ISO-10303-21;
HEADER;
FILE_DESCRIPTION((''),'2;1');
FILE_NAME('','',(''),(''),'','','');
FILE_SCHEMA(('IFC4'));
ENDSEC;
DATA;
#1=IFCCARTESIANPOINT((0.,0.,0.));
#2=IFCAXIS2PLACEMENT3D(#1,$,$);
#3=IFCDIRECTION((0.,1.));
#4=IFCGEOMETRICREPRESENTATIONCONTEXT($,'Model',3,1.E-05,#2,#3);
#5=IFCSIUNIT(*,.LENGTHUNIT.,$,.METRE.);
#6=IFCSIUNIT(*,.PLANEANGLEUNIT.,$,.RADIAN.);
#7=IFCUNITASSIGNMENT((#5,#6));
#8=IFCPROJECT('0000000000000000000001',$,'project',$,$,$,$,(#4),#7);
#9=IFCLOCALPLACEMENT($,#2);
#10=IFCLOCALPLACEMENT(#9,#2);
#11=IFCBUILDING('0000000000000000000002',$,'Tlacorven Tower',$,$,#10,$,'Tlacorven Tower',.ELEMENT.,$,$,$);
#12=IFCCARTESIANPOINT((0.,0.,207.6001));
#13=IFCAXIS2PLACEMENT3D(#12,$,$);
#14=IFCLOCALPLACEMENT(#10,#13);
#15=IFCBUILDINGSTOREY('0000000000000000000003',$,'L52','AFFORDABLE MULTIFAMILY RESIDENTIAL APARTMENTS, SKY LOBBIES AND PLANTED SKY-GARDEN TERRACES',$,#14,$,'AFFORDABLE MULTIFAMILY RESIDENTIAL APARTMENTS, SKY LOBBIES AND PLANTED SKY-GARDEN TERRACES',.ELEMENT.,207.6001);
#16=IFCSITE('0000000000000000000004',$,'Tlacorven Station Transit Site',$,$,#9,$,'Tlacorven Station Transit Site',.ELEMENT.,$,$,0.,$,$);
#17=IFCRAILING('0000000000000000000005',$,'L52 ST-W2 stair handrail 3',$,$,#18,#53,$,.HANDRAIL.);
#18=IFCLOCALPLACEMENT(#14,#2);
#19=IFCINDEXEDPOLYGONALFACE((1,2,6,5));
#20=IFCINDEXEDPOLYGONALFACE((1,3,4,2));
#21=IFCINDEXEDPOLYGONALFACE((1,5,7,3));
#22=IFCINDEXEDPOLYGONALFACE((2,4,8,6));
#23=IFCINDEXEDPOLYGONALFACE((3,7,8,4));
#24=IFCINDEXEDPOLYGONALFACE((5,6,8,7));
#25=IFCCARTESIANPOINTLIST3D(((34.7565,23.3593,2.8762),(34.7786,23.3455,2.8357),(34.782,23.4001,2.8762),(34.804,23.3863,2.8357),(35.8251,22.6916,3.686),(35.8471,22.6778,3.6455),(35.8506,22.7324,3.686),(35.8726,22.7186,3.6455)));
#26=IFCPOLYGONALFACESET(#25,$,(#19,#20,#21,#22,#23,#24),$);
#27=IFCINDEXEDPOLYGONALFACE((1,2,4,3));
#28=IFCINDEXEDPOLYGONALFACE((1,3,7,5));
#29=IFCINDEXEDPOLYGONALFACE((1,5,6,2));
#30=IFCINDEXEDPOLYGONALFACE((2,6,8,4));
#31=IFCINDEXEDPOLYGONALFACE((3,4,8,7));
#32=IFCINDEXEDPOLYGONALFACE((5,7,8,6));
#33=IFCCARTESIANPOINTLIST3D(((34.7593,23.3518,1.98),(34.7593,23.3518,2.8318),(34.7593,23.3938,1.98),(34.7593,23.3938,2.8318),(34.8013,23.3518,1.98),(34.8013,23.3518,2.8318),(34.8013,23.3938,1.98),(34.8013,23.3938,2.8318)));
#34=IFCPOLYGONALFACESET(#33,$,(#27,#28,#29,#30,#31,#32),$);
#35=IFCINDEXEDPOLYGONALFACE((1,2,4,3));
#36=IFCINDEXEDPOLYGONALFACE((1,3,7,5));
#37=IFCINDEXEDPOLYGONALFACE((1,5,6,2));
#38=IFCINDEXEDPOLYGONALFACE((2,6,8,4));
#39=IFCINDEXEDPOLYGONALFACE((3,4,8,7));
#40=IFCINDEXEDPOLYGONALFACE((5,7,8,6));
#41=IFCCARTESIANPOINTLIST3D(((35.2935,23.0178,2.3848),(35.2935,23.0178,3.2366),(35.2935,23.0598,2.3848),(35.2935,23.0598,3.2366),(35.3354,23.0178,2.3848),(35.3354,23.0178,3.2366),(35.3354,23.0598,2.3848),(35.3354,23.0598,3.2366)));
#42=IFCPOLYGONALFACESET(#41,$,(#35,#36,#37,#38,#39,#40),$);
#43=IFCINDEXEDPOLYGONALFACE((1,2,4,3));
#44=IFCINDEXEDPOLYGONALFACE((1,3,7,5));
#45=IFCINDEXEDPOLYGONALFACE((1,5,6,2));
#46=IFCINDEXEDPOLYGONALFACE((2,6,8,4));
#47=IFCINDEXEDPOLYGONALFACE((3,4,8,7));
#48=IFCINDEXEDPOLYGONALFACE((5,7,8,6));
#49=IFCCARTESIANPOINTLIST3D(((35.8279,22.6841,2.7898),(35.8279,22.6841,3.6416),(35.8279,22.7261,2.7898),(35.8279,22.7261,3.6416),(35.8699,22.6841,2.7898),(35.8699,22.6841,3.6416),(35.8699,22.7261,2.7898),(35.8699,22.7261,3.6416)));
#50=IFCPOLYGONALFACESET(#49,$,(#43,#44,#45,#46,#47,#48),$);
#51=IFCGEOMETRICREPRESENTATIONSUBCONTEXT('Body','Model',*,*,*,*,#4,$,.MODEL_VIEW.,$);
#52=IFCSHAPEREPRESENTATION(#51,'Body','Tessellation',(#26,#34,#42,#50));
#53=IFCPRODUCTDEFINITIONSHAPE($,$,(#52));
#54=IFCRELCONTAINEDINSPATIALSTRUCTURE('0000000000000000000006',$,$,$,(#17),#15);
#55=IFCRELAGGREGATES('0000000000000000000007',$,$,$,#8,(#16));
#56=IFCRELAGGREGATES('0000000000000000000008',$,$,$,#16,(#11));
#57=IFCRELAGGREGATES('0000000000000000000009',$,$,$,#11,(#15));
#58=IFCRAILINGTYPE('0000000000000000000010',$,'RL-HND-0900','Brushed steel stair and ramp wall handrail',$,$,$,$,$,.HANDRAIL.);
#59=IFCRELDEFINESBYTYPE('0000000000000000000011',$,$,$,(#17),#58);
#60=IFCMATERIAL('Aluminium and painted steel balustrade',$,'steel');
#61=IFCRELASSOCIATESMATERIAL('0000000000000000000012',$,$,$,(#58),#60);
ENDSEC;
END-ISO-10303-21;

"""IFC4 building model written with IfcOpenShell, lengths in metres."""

from ifc_helpers import new_model, si_unit, direction, frame, origin, origin_2d, place, context, subcontext, project, spatial, rectangle, extrude, source, transform, mapped, material, type_object, element, save


model = new_model("IFC4")

# Units and contexts
model_context = context("Model", 3, precision=1e-05, world=origin(), true_north=direction((0.0, 1.0)))
body_context = subcontext(model_context, "Body", "Model", "MODEL_VIEW")
ifc_project = project(units=[si_unit("LENGTHUNIT", "METRE"), si_unit("PLANEANGLEUNIT", "RADIAN")], contexts=[model_context])

# Site, building, storey
site_placement = place(None, origin())
site = spatial("IfcSite", under=ifc_project, at=site_placement, Name="Tlacorven Station Transit Site", LongName="Tlacorven Station Transit Site", CompositionType="ELEMENT", RefElevation=0.0)
building_placement = place(site_placement, origin())
building = spatial("IfcBuilding", under=site, at=building_placement, Name="Tlacorven Tower", LongName="Tlacorven Tower", CompositionType="ELEMENT")
storey_placement = place(building_placement, frame((0.0, 0.0, 207.6001)))
storey = spatial("IfcBuildingStorey", under=building, at=storey_placement, Name="L52", Description="AFFORDABLE MULTIFAMILY RESIDENTIAL APARTMENTS, SKY LOBBIES AND PLANTED SKY-GARDEN TERRACES", LongName="AFFORDABLE MULTIFAMILY RESIDENTIAL APARTMENTS, SKY LOBBIES AND PLANTED SKY-GARDEN TERRACES", CompositionType="ELEMENT", Elevation=207.6001)

# Railing
ifc_material_1 = material(Name="Aluminium and painted steel balustrade", Category="steel")
railing_type = type_object("IfcRailingType", Name="RL-HND-0900", Description="Brushed steel stair and ramp wall handrail", PredefinedType="HANDRAIL", material=ifc_material_1)
shared_shape_1 = source(origin(), body_context, "Body", "SweptSolid", [
    extrude(rectangle(XDim=0.0481, YDim=0.0481, at=origin_2d()), frame((0.0, 0.0, 0.876), z_axis=(0.713423, -0.445787, 0.540649), x_axis=(0.529912, 0.848053, 0.0)), (0.0, 0.0, 1.0), 1.4978),
    extrude(rectangle(XDim=0.042, YDim=0.042, at=origin_2d()), origin(), (0.0, 0.0, 1.0), 0.8518),
    extrude(rectangle(XDim=0.042, YDim=0.042, at=origin_2d()), frame((0.5342, -0.334, 0.4048)), (0.0, 0.0, 1.0), 0.8518),
    extrude(rectangle(XDim=0.042, YDim=0.042, at=origin_2d()), frame((1.0686, -0.6677, 0.8098)), (0.0, 0.0, 1.0), 0.8518),
])
railing_placement = place(storey_placement, frame((34.7803, 23.3728, 1.98)))
element("IfcRailing", 1, at=railing_placement, inside=storey, type_object=railing_type, Name="L52 ST-W2 stair handrail 3", PredefinedType="HANDRAIL", context=body_context, shape_type="MappedRepresentation", body=[
    mapped(shared_shape_1, transform((0.0, 0.0, 0.0), scale=1.0)),
])

save(model, "model.ifc")
